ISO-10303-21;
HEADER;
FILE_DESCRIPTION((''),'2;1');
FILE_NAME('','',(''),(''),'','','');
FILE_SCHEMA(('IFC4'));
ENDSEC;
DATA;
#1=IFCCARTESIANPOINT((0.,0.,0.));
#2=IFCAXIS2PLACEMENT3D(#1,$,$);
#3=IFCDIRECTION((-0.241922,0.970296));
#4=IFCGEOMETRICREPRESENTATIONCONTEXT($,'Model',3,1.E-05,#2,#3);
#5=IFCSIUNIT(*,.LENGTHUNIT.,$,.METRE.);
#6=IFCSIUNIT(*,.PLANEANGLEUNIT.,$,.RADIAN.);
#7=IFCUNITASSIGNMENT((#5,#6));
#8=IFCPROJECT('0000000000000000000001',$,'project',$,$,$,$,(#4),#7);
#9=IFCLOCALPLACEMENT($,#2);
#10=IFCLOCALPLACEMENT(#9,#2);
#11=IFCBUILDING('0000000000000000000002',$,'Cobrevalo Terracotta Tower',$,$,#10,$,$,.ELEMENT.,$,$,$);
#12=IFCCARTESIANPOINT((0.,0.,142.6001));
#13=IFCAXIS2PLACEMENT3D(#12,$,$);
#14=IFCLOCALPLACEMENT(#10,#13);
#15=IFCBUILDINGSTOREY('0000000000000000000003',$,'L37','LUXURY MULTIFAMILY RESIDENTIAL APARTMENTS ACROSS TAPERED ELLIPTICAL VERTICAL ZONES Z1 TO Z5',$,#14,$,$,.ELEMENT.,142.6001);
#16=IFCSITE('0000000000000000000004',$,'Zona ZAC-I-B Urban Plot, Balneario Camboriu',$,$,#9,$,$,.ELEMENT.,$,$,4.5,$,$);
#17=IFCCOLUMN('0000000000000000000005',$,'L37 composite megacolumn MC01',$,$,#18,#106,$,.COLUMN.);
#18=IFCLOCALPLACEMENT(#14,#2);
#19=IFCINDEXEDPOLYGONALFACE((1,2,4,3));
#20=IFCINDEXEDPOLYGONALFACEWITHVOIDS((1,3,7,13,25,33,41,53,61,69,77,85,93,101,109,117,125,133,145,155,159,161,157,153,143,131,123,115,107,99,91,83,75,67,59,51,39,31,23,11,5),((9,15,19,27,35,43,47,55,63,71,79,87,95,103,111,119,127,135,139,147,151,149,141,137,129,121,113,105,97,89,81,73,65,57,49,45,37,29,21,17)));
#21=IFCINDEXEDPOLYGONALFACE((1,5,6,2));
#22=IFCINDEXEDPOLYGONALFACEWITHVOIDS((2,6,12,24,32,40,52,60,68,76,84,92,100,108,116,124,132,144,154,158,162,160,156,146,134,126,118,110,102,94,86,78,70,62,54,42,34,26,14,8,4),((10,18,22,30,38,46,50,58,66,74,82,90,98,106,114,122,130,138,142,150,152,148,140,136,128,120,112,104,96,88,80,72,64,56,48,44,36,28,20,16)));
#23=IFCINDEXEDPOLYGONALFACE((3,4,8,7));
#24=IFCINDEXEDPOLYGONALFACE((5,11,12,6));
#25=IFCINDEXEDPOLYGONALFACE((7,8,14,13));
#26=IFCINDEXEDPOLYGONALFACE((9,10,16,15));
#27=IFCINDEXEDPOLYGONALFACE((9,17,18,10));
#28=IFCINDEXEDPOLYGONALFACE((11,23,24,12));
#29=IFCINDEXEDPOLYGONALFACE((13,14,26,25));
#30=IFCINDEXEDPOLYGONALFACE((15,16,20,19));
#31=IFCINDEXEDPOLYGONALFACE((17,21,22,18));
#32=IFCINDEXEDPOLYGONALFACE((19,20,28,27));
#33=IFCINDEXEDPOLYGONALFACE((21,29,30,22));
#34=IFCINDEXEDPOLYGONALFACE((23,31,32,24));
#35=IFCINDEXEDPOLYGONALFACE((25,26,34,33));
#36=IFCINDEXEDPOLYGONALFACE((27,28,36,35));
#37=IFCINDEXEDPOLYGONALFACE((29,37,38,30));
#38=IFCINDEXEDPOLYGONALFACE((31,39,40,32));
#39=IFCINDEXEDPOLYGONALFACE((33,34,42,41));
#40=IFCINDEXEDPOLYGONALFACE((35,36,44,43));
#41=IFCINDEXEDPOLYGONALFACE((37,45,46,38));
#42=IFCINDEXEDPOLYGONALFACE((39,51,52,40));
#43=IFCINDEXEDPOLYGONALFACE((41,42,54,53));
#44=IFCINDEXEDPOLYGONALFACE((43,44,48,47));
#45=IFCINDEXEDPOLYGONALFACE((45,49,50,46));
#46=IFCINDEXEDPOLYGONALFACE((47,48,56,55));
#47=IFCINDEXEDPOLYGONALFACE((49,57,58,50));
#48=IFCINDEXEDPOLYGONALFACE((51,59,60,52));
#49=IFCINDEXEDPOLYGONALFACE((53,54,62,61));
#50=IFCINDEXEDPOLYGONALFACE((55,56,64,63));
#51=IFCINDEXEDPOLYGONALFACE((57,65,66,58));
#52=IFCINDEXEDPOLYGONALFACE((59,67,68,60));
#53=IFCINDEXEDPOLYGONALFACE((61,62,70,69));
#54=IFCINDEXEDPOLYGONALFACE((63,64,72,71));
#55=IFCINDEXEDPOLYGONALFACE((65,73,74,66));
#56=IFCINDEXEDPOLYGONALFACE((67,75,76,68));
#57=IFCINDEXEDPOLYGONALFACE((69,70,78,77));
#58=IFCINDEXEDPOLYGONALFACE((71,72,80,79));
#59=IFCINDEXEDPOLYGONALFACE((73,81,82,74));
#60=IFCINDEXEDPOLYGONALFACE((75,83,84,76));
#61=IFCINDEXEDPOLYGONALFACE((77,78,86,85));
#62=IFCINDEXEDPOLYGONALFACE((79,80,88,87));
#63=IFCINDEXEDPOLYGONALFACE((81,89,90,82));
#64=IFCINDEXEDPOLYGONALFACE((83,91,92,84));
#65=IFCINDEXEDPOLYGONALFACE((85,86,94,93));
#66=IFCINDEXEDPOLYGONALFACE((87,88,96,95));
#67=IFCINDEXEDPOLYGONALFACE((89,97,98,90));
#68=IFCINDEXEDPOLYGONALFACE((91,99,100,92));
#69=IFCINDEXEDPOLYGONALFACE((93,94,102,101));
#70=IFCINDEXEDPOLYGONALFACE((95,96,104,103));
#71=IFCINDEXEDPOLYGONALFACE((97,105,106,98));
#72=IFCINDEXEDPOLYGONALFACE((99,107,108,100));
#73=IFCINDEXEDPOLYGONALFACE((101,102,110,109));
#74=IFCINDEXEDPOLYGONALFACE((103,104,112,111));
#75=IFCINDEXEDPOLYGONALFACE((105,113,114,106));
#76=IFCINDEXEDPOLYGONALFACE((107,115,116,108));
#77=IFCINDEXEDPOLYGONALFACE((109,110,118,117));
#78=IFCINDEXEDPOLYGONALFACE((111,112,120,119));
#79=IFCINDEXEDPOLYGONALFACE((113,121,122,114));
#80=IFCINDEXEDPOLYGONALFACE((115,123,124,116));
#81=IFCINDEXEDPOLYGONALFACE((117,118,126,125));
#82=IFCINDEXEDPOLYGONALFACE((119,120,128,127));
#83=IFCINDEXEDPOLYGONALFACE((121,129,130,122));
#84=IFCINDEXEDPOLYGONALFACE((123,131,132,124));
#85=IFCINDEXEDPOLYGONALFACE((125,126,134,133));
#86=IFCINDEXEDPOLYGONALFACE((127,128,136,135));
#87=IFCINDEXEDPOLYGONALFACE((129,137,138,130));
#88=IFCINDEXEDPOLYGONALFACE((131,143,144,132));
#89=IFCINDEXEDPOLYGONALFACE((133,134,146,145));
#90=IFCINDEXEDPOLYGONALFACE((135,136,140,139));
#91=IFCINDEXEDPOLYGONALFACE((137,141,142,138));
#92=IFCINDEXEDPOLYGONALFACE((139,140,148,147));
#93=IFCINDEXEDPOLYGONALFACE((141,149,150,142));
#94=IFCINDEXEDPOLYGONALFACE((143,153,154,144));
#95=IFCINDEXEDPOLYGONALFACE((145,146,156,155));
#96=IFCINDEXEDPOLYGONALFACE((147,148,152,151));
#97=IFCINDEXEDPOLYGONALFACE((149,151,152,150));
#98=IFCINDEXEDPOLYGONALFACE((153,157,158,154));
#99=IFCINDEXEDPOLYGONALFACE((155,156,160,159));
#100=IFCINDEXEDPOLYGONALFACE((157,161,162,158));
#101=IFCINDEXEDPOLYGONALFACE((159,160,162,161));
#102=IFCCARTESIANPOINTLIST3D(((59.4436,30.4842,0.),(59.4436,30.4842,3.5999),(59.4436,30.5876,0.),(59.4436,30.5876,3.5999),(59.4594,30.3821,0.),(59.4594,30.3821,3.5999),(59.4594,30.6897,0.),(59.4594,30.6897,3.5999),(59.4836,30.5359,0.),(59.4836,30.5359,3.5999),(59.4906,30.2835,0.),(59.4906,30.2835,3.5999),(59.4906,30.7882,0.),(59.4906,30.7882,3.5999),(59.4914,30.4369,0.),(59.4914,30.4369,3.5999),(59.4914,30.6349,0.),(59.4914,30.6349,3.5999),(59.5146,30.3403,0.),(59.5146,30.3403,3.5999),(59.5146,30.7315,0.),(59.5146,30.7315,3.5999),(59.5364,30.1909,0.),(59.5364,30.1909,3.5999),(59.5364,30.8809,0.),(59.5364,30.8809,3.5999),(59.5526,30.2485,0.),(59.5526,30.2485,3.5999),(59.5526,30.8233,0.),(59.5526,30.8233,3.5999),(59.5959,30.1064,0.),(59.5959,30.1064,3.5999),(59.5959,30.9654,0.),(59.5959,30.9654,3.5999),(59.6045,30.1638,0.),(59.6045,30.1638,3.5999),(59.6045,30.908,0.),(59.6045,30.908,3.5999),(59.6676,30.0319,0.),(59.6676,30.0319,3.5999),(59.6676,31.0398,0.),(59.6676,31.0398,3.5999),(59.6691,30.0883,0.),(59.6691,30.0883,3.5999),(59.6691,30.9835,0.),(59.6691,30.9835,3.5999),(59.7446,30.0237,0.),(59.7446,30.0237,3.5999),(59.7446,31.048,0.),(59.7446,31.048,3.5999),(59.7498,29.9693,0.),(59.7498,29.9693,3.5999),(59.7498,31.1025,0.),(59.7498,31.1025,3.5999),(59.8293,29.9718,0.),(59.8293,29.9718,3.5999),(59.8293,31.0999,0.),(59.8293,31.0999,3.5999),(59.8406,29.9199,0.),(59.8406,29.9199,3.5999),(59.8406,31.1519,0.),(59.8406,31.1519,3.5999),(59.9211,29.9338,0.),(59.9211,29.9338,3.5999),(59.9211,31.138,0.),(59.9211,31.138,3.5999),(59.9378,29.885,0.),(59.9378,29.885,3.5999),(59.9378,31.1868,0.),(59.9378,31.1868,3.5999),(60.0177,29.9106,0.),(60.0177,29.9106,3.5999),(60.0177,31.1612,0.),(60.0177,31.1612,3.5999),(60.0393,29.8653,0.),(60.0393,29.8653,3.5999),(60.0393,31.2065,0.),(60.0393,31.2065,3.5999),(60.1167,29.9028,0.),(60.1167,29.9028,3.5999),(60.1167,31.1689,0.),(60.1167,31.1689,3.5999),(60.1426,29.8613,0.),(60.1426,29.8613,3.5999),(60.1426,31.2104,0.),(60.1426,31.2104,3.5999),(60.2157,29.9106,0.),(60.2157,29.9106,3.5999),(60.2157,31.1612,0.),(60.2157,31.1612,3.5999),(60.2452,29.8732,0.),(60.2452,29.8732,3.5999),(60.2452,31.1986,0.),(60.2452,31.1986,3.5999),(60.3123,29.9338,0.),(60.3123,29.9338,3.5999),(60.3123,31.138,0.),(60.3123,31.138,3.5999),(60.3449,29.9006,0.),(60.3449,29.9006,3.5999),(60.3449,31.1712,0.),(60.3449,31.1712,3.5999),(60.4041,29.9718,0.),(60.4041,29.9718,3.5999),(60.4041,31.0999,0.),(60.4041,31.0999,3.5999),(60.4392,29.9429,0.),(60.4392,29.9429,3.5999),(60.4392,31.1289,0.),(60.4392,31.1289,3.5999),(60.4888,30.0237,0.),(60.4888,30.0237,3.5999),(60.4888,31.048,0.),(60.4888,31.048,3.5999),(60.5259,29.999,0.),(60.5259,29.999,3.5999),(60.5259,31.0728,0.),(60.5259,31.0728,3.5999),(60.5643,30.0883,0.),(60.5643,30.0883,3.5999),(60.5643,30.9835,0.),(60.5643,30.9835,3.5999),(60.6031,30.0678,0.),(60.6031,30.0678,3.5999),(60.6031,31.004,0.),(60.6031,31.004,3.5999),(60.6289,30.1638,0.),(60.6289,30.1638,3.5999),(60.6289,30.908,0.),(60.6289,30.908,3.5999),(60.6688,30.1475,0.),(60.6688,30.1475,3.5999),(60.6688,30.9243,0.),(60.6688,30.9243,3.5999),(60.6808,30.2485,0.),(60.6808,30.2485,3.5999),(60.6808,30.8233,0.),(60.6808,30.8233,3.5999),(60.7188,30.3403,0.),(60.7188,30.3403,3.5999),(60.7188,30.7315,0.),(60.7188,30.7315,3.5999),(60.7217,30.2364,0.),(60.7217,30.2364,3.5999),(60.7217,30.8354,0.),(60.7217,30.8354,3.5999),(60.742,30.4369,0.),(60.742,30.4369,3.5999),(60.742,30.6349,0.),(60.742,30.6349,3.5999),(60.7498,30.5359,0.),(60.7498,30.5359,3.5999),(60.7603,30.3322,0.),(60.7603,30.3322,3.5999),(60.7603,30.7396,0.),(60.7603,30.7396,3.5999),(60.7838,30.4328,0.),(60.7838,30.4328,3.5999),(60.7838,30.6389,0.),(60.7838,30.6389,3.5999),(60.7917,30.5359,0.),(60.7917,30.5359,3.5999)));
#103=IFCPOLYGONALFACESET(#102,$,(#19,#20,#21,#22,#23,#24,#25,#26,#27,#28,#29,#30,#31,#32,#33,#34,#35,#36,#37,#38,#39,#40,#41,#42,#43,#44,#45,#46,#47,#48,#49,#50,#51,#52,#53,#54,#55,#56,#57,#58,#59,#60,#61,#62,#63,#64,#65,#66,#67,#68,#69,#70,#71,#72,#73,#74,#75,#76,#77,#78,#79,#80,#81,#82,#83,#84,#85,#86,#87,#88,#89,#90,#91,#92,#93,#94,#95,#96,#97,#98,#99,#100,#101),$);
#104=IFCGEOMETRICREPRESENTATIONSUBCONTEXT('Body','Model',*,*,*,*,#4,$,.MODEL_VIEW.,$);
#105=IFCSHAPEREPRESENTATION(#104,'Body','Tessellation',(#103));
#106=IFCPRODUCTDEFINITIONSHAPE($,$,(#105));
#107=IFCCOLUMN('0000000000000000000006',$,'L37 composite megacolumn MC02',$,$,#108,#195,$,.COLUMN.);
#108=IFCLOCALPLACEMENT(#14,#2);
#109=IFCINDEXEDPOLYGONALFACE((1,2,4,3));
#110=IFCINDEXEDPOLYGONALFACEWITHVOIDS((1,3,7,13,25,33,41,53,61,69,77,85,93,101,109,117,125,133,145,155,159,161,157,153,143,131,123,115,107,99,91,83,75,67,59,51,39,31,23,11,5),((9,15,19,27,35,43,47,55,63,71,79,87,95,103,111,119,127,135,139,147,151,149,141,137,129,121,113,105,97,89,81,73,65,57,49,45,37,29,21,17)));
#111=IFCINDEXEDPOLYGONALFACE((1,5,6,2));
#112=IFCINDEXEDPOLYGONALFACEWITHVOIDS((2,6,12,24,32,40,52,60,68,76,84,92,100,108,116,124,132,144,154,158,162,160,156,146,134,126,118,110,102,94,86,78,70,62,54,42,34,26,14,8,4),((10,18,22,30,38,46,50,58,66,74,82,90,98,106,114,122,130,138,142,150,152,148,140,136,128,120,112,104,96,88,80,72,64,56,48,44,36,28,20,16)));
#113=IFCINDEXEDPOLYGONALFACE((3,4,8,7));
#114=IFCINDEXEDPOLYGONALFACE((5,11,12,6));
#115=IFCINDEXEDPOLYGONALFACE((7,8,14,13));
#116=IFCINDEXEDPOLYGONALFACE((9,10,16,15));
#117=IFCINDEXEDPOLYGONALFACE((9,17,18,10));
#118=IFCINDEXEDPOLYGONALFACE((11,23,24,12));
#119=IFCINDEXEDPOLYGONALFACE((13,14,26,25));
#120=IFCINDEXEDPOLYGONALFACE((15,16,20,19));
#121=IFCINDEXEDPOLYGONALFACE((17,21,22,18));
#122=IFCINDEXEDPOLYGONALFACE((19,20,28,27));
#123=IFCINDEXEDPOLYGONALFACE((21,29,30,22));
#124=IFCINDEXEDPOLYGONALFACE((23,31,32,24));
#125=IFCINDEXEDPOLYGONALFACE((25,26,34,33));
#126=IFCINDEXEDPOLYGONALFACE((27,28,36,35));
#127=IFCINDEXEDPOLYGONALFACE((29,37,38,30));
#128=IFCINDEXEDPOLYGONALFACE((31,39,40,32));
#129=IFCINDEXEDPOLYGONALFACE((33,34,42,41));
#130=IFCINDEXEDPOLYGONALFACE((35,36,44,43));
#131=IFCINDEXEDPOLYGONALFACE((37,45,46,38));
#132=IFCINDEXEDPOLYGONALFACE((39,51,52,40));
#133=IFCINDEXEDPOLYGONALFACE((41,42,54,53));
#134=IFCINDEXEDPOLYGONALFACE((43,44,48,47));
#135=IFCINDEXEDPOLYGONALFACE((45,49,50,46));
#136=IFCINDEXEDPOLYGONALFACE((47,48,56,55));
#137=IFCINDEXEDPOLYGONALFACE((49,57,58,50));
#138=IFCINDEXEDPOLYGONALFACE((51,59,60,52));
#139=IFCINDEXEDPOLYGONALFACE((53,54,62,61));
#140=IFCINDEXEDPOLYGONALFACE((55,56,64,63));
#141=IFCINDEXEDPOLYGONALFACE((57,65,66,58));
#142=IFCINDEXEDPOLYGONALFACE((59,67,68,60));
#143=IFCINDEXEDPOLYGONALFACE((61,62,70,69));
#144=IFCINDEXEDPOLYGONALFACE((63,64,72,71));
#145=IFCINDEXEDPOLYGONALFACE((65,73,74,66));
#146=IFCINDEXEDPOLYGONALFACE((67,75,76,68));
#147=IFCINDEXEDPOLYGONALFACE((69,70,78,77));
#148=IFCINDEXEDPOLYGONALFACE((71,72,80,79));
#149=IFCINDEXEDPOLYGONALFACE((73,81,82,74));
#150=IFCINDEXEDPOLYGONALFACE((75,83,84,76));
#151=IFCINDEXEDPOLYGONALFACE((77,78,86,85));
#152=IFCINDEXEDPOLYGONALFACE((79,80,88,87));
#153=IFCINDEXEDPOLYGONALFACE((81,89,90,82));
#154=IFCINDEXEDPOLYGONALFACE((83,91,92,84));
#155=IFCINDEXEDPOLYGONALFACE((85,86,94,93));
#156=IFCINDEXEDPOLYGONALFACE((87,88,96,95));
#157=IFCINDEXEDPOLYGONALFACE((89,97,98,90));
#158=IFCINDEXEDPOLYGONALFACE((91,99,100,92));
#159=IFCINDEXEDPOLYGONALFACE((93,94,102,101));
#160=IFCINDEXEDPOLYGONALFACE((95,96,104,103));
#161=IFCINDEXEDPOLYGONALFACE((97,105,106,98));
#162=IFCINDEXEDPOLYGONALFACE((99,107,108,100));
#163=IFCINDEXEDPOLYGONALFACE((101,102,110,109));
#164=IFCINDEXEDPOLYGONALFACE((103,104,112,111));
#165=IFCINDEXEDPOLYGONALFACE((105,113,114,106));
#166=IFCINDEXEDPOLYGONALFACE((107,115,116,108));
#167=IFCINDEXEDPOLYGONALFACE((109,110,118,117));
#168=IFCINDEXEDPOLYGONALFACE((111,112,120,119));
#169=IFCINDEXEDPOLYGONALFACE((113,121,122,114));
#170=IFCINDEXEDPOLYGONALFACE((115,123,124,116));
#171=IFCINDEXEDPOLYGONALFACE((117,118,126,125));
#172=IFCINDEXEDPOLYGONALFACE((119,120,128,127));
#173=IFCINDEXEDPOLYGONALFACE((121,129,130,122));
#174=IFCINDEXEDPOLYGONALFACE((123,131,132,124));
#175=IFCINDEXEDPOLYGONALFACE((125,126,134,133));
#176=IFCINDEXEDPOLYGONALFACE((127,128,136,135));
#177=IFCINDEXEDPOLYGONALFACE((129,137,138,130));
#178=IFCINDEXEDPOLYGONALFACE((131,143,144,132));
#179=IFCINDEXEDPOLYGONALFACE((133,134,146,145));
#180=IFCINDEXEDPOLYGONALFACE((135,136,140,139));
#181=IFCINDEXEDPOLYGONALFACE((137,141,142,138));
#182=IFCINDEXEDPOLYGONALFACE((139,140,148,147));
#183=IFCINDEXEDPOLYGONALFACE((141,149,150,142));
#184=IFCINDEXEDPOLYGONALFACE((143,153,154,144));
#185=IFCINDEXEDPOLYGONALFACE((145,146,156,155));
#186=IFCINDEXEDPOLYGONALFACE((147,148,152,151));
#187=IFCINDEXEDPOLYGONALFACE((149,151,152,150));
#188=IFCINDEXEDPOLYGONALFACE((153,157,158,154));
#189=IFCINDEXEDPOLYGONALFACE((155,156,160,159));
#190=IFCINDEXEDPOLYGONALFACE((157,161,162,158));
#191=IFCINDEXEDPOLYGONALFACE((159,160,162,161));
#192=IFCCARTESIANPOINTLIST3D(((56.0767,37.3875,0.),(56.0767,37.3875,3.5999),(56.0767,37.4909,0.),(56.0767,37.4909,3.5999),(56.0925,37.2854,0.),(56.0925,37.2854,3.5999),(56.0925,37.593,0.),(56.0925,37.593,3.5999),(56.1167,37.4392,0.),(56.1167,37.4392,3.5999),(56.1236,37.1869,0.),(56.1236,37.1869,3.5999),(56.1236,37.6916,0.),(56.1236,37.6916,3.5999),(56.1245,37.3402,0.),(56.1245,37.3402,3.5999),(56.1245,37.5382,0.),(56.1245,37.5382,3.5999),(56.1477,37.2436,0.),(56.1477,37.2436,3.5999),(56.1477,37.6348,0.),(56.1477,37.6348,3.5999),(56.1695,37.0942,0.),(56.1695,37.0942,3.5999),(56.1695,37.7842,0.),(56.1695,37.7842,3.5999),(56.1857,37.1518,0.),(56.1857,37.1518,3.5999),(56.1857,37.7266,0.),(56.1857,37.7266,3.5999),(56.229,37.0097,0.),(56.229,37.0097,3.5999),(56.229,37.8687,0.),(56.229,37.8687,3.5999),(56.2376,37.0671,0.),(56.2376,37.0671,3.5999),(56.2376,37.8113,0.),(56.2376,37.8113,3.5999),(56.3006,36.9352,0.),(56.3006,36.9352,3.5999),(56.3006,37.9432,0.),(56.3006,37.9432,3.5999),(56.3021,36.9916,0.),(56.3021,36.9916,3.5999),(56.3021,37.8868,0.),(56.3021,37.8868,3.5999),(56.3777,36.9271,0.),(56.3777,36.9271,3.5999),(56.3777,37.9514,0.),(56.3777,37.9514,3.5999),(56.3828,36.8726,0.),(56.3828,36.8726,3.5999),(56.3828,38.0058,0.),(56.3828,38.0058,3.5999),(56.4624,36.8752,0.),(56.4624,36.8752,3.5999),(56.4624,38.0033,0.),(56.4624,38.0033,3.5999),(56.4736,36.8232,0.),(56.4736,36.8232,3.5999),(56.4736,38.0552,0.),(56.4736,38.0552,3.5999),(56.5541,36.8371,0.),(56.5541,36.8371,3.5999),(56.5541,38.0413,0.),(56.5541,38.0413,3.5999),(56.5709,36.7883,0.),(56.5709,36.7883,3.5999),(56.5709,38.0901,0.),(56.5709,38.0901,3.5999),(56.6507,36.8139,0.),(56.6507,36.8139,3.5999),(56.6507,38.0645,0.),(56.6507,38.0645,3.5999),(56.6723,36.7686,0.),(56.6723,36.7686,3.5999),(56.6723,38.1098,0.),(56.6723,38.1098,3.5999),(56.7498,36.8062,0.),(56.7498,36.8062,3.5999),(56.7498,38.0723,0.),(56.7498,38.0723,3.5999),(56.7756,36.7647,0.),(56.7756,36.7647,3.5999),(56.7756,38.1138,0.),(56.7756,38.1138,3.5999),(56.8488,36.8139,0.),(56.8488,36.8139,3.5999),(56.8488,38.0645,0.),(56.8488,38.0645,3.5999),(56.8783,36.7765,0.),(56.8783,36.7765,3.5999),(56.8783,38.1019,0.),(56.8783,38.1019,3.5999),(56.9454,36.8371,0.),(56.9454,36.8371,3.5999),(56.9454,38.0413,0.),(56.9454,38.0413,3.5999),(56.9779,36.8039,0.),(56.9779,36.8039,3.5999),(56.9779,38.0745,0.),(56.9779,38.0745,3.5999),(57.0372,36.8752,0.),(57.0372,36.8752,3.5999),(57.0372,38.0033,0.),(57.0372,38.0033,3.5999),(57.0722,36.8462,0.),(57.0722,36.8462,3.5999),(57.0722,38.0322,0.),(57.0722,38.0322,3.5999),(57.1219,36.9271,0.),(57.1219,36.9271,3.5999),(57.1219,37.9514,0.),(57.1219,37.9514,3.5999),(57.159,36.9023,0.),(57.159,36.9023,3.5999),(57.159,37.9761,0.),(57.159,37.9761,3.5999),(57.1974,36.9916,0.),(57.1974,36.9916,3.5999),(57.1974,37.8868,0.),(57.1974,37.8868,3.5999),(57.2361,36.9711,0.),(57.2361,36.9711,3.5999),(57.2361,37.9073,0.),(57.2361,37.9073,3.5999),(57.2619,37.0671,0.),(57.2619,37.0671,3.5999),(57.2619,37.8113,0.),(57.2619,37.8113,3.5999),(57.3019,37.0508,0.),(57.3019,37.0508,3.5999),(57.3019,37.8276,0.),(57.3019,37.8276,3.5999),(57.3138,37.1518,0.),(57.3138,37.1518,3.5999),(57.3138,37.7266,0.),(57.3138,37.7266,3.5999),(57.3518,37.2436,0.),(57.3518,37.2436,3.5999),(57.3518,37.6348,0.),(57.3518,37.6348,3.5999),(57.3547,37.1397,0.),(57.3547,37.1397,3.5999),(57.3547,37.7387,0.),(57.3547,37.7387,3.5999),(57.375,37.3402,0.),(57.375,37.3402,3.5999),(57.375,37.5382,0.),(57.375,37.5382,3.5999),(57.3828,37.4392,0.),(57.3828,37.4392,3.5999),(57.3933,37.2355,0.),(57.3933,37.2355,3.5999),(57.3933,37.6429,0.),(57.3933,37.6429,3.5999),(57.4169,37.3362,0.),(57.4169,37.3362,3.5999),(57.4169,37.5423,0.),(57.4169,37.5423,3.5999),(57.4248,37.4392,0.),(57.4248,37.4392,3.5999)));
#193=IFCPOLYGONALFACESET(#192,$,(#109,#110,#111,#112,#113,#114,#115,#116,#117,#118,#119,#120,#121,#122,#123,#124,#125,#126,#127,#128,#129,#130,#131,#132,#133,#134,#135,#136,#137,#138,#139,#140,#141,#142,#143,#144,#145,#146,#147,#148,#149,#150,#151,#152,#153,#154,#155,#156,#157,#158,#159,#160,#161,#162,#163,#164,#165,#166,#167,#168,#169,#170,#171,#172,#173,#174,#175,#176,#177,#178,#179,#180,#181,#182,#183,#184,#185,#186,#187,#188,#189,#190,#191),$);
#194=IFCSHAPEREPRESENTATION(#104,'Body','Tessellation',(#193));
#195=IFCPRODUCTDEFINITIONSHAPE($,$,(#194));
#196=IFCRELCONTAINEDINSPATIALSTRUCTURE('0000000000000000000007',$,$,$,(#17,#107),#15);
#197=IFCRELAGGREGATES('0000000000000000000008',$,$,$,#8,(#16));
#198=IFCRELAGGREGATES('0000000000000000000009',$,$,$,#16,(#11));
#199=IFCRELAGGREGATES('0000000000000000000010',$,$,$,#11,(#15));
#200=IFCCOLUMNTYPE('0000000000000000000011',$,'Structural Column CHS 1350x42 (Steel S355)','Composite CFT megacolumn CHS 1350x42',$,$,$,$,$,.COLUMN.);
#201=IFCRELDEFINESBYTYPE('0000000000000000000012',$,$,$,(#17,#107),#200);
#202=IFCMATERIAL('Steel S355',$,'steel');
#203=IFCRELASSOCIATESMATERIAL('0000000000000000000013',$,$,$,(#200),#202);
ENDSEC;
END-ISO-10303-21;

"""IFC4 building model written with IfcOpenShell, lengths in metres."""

from ifc_helpers import new_model, si_unit, direction, frame, origin, origin_2d, place, context, subcontext, project, spatial, hollow_circle, extrude, material, material_profile, profile_set, type_object, element, save


model = new_model("IFC4")

# Units and contexts
model_context = context("Model", 3, precision=1e-05, world=origin(), true_north=direction((-0.241922, 0.970296)))
body_context = subcontext(model_context, "Body", "Model", "MODEL_VIEW")
ifc_project = project(units=[si_unit("LENGTHUNIT", "METRE"), si_unit("PLANEANGLEUNIT", "RADIAN")], contexts=[model_context])

# Site, building, storey
site_placement = place(None, origin())
site = spatial("IfcSite", under=ifc_project, at=site_placement, Name="Zona ZAC-I-B Urban Plot, Balneario Camboriu", CompositionType="ELEMENT", RefElevation=4.5)
building_placement = place(site_placement, origin())
building = spatial("IfcBuilding", under=site, at=building_placement, Name="Cobrevalo Terracotta Tower", CompositionType="ELEMENT")
storey_placement = place(building_placement, frame((0.0, 0.0, 142.6001)))
storey = spatial("IfcBuildingStorey", under=building, at=storey_placement, Name="L37", Description="LUXURY MULTIFAMILY RESIDENTIAL APARTMENTS ACROSS TAPERED ELLIPTICAL VERTICAL ZONES Z1 TO Z5", CompositionType="ELEMENT", Elevation=142.6001)

# Columns
ifc_material_1 = material(Name="Steel S355", Category="steel")
ifc_material_profile_1 = material_profile(ifc_material_1, hollow_circle(Radius=0.675, WallThickness=0.042, at=origin_2d()), Name="CHS 1350x42")
ifc_profile_set_1 = profile_set([ifc_material_profile_1], Name="Steel S355")
column_type = type_object("IfcColumnType", Name="Structural Column CHS 1350x42 (Steel S355)", Description="Composite CFT megacolumn CHS 1350x42", PredefinedType="COLUMN", material=ifc_profile_set_1)
for number, where, z_axis, x_axis, name in (
    (1, (60.1167, 30.5359, 0.0), (0.0, 0.0, 1.0), (1.0, 0.0, 0.0), "L37 composite megacolumn MC01"),
    (2, (56.7498, 37.4392, 0.0), (0.0, 0.0, 1.0), (1.0, 0.0, 0.0), "L37 composite megacolumn MC02"),
):
    element("IfcColumn", number, at=place(storey_placement, frame(where, z_axis=z_axis, x_axis=x_axis)), inside=storey, type_object=column_type, Name=name, PredefinedType="COLUMN", context=body_context, shape_type="SweptSolid", body=[
        extrude(hollow_circle(Radius=0.675, WallThickness=0.042, at=origin_2d()), origin(), (0.0, 0.0, 1.0), 3.5999),
    ])

save(model, "model.ifc")
